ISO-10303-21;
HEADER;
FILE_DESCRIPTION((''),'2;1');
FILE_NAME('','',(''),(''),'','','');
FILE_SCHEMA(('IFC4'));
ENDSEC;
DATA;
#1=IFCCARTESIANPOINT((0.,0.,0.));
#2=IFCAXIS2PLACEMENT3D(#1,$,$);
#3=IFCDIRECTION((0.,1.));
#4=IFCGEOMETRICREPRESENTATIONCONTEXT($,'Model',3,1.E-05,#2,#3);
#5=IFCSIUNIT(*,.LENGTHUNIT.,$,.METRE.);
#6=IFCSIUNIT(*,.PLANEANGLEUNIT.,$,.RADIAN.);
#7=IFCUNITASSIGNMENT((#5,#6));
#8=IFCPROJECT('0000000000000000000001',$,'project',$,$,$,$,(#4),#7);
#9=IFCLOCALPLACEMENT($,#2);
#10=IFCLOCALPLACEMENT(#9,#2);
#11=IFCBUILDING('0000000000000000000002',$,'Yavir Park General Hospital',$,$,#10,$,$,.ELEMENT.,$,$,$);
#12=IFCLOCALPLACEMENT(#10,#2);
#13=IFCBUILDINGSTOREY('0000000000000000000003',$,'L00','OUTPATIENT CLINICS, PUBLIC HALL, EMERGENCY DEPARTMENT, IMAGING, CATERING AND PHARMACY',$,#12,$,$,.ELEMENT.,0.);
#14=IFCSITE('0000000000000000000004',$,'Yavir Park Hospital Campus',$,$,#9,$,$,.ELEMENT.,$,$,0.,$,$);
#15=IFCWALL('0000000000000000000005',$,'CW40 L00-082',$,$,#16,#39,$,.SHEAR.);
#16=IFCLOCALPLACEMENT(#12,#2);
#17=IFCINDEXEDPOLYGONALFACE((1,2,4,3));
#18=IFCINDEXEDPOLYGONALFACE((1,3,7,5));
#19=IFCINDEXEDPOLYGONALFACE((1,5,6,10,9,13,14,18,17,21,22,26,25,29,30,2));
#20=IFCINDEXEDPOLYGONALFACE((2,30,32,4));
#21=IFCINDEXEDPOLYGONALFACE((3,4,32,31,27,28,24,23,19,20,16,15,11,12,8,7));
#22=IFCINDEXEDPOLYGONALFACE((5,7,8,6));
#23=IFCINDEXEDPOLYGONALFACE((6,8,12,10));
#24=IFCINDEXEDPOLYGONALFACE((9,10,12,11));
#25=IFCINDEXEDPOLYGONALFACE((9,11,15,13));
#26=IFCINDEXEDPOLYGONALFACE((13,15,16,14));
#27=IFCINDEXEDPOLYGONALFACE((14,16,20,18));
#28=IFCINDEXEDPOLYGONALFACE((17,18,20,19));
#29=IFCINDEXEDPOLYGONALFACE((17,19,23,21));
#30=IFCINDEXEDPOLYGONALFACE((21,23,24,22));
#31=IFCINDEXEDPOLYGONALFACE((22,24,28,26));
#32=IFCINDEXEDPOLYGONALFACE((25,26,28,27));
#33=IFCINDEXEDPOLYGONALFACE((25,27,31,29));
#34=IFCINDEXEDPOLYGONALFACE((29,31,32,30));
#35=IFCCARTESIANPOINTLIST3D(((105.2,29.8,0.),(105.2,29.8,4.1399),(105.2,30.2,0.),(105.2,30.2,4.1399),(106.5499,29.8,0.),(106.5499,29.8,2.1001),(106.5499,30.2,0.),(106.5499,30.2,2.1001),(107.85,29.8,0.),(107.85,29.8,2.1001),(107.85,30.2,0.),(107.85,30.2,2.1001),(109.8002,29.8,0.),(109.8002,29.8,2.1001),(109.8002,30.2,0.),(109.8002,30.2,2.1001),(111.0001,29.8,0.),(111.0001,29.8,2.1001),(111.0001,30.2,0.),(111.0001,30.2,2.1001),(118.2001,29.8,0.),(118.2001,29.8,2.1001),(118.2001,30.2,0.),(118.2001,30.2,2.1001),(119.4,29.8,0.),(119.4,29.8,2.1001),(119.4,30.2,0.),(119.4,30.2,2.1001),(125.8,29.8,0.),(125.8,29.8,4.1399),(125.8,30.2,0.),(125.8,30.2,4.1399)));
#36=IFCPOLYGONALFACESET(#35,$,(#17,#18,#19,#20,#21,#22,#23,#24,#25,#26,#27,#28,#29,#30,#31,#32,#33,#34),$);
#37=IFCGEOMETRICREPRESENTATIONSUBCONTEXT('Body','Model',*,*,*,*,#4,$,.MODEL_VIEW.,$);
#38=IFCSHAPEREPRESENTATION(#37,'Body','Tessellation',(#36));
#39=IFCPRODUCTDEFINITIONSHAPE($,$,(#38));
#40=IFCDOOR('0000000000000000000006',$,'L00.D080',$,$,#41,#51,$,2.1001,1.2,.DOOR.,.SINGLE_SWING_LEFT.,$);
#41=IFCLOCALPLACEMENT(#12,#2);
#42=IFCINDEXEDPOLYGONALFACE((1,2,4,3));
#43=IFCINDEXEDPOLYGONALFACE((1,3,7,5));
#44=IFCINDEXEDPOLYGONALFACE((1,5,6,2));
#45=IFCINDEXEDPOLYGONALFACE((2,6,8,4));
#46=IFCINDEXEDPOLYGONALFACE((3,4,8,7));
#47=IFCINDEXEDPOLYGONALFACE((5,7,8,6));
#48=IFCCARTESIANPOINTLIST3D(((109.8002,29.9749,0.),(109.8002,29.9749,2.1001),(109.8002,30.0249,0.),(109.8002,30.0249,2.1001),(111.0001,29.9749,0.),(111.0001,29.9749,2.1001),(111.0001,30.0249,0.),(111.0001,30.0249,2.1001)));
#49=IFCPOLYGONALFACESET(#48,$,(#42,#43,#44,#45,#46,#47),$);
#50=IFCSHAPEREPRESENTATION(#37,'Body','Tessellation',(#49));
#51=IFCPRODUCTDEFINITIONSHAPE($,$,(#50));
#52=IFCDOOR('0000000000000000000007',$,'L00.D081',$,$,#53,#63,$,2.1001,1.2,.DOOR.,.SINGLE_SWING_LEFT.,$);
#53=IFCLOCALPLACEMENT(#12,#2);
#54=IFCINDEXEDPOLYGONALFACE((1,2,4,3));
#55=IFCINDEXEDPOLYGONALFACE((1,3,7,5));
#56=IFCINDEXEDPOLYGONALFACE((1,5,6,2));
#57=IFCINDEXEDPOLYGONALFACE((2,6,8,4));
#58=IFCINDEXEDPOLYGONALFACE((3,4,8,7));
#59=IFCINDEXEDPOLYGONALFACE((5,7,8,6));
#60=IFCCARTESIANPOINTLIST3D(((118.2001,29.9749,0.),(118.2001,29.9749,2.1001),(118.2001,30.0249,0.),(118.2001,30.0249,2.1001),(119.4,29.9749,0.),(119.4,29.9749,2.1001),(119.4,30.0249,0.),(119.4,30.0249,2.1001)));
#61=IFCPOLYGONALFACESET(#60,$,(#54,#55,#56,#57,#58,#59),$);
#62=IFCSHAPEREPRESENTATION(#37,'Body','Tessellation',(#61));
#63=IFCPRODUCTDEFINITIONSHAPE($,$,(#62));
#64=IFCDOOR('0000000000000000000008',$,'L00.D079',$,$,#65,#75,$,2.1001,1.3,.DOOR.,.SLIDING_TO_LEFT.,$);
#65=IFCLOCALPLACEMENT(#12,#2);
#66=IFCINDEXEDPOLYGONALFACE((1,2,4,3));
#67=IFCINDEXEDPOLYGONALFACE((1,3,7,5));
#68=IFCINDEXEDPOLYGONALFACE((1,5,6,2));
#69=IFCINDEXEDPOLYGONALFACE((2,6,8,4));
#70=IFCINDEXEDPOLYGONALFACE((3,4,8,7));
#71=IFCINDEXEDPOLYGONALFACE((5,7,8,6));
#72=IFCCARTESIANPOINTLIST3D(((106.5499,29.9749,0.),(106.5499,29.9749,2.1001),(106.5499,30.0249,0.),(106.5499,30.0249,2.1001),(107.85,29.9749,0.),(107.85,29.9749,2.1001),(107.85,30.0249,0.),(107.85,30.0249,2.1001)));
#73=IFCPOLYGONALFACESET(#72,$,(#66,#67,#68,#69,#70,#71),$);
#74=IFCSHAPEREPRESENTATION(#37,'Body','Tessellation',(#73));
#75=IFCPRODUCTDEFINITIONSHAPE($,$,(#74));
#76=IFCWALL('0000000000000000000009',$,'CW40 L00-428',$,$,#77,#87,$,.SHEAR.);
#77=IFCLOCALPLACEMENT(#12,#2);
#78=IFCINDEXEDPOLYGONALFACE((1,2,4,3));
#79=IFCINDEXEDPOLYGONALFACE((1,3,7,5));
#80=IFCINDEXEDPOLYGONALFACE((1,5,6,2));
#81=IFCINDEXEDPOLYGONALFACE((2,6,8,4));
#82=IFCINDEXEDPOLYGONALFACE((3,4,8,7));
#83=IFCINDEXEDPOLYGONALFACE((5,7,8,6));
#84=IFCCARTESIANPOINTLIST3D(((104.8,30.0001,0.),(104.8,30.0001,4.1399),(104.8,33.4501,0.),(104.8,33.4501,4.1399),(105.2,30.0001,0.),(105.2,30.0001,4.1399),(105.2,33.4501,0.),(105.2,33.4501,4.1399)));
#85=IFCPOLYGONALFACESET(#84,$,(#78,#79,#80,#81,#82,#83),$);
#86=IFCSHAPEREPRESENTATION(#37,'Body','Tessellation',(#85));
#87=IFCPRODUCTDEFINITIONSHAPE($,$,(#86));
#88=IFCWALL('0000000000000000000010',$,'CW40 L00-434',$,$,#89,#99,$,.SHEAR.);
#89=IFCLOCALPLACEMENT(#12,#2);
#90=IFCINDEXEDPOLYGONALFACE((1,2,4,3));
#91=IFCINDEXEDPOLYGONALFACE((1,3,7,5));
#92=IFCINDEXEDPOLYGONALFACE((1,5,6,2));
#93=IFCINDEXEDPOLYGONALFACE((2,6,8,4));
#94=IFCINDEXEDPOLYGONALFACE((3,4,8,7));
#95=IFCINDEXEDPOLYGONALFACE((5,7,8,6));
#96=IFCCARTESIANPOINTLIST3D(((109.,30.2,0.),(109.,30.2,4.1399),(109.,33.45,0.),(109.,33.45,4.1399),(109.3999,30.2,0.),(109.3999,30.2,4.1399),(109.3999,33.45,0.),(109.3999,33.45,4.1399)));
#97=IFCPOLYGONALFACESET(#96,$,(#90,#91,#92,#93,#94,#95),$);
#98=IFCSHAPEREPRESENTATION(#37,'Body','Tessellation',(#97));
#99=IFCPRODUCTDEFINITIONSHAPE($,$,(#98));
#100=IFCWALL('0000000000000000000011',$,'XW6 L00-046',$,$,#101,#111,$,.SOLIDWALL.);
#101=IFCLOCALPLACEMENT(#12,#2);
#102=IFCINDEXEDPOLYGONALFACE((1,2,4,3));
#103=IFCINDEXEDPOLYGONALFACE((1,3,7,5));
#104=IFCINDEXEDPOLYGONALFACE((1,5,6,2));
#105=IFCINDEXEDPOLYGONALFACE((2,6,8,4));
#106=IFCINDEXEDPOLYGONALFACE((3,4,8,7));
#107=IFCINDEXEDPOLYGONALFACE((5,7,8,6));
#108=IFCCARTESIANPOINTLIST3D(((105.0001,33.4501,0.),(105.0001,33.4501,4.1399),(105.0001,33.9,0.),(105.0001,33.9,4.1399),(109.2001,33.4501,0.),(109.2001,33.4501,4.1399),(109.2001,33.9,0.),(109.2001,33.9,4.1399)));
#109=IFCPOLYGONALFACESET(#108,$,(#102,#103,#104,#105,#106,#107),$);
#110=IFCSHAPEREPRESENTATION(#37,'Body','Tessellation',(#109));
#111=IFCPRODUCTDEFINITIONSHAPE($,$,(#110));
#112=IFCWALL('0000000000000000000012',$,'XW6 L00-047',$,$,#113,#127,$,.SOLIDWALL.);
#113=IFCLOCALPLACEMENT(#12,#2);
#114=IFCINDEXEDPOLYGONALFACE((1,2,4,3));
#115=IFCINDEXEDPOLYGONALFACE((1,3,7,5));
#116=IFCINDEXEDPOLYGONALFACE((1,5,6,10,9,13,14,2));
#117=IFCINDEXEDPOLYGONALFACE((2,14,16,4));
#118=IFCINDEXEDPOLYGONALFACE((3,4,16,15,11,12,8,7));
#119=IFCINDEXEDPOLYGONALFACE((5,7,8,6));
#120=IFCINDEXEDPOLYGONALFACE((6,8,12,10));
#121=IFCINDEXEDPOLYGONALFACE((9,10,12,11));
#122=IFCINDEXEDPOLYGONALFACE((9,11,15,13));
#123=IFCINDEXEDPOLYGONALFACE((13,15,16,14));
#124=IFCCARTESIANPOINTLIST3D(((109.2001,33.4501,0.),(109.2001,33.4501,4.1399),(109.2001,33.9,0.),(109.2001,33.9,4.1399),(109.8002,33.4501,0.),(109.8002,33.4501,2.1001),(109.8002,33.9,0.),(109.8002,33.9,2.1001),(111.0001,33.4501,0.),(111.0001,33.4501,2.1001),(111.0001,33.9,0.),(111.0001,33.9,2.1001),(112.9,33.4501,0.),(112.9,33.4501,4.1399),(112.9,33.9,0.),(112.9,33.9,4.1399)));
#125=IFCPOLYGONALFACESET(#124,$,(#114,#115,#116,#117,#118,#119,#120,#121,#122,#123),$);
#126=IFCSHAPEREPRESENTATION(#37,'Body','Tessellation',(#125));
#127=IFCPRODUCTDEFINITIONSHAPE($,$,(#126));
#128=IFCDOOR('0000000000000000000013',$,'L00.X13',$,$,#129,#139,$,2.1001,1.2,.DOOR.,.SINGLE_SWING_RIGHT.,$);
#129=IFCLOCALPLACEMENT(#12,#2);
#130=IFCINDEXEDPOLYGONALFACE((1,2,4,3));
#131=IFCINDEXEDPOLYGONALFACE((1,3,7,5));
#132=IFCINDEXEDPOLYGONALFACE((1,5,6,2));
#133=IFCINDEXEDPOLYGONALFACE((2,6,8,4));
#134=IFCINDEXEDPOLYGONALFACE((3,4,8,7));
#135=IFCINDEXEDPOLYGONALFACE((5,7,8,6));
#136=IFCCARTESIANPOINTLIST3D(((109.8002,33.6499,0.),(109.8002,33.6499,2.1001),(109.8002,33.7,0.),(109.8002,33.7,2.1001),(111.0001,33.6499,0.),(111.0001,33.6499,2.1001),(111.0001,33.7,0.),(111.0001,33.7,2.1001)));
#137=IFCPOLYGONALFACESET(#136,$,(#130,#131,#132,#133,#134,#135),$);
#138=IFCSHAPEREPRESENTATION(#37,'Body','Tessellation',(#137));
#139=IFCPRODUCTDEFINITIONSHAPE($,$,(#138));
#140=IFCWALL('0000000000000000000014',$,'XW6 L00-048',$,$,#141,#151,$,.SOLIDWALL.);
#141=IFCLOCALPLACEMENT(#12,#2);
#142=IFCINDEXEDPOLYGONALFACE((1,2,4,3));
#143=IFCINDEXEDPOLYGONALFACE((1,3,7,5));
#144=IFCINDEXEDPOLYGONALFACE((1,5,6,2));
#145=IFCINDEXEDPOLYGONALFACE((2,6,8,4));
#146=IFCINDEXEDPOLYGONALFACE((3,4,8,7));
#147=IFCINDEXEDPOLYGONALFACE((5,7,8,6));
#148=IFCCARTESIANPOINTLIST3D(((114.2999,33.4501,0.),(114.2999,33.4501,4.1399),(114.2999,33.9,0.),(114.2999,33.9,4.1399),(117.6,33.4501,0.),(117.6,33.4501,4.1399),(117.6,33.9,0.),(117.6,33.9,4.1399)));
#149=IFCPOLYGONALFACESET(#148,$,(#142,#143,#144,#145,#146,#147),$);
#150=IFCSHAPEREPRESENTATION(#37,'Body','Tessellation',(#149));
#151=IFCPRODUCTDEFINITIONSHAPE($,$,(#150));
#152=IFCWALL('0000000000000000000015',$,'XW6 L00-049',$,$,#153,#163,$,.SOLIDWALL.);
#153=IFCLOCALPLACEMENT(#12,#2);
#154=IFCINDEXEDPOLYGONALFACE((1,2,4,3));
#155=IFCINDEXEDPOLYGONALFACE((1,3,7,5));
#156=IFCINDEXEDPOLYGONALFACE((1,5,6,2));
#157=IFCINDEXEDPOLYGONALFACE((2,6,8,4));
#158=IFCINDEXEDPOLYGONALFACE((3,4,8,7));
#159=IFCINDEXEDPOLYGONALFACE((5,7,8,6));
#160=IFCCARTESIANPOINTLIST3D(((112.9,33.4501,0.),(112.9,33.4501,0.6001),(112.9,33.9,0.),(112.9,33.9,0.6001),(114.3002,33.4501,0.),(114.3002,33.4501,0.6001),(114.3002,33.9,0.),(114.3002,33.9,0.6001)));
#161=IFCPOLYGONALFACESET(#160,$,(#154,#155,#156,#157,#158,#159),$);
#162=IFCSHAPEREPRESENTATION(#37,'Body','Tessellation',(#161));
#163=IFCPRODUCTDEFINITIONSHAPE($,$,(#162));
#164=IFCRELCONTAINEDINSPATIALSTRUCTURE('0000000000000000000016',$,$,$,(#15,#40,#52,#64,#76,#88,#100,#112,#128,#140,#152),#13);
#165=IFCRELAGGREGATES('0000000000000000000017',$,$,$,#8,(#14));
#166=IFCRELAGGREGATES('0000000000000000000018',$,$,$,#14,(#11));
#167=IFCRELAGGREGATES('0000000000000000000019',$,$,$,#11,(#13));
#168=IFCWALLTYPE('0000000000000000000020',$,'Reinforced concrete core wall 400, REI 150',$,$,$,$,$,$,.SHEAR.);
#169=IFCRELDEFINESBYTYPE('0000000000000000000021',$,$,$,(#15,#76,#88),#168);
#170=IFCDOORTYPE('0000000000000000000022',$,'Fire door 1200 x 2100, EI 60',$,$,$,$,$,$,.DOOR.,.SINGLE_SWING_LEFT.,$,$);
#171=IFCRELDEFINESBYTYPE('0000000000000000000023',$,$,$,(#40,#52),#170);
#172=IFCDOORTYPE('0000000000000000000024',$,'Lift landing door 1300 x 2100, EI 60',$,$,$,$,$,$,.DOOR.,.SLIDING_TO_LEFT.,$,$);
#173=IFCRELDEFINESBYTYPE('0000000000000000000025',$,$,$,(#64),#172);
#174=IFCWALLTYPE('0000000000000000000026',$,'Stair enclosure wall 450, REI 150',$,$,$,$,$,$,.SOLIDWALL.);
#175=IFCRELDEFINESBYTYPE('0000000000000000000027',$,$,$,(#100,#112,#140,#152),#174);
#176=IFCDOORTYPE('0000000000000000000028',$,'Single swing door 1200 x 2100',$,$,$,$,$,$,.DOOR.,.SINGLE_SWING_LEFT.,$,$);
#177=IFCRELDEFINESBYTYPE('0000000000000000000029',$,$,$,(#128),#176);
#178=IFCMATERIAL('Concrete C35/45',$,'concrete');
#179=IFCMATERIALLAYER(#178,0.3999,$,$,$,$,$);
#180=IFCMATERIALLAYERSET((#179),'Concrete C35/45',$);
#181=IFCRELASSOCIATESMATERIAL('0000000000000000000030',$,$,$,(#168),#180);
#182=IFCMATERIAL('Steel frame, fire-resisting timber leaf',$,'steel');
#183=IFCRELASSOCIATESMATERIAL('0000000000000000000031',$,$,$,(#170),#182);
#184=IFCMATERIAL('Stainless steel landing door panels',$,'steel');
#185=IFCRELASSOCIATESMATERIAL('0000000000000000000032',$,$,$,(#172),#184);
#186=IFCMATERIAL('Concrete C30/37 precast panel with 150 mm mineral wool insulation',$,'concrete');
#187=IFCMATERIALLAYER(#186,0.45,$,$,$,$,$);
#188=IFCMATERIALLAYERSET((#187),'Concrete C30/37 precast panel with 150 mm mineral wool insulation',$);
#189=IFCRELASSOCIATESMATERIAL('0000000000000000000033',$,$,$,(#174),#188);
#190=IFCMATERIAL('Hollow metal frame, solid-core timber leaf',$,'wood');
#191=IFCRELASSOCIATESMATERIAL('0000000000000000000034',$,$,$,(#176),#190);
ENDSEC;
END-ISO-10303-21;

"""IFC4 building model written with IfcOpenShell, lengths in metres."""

from ifc_helpers import new_model, si_unit, direction, frame, frame_2d, origin, place, context, subcontext, project, spatial, rectangle, extrude, material, layer, layer_set, type_object, element, fill, save


model = new_model("IFC4")

# Units and contexts
model_context = context("Model", 3, precision=1e-05, world=origin(), true_north=direction((0.0, 1.0)))
body_context = subcontext(model_context, "Body", "Model", "MODEL_VIEW")
ifc_project = project(units=[si_unit("LENGTHUNIT", "METRE"), si_unit("PLANEANGLEUNIT", "RADIAN")], contexts=[model_context])

# Site, building, storey
site_placement = place(None, origin())
site = spatial("IfcSite", under=ifc_project, at=site_placement, Name="Yavir Park Hospital Campus", CompositionType="ELEMENT", RefElevation=0.0)
building_placement = place(site_placement, origin())
building = spatial("IfcBuilding", under=site, at=building_placement, Name="Yavir Park General Hospital", CompositionType="ELEMENT")
storey_placement = place(building_placement, origin())
storey = spatial("IfcBuildingStorey", under=building, at=storey_placement, Name="L00", Description="OUTPATIENT CLINICS, PUBLIC HALL, EMERGENCY DEPARTMENT, IMAGING, CATERING AND PHARMACY", CompositionType="ELEMENT", Elevation=0.0)

# Wall, openings, doors
ifc_material_1 = material(Name="Concrete C35/45", Category="concrete")
ifc_layer_1 = layer(ifc_material_1, 0.3999)
ifc_layer_set_1 = layer_set([ifc_layer_1], Name="Concrete C35/45")
wall_type_1 = type_object("IfcWallType", Name="Reinforced concrete core wall 400, REI 150", PredefinedType="SHEAR", material=ifc_layer_set_1)
wall_1_placement = place(storey_placement, frame((105.2, 30.0, 0.0), z_axis=(0.0, 0.0, 1.0), x_axis=(1.0, 0.0, 0.0)))
wall_1 = element("IfcWall", 1, at=wall_1_placement, inside=storey, type_object=wall_type_1, Name="CW40 L00-082", PredefinedType="SHEAR", context=body_context, shape_type="SweptSolid", body=[
    extrude(rectangle(XDim=20.6001, YDim=0.3999, at=frame_2d((10.3, 0.0))), origin(), (0.0, 0.0, 1.0), 4.1399),
])
opening_1_placement = place(wall_1_placement, frame((1.3501, 0.0, 0.0)))
opening_1 = element("IfcOpeningElement", 2, at=opening_1_placement, cuts=wall_1, PredefinedType="OPENING", context=body_context, shape_type="SweptSolid", body=[
    extrude(rectangle(XDim=1.3, YDim=2.1001, at=frame_2d((0.6499, 1.05))), frame((0.0, 0.21, 0.0), z_axis=(0.0, -1.0, 0.0), x_axis=(1.0, 0.0, 0.0)), (0.0, 0.0, 1.0), 0.4199),
])
opening_2_placement = place(wall_1_placement, frame((4.6001, 0.0, 0.0)))
opening_2 = element("IfcOpeningElement", 3, at=opening_2_placement, cuts=wall_1, PredefinedType="OPENING", context=body_context, shape_type="SweptSolid", body=[
    extrude(rectangle(XDim=1.2, YDim=2.1001, at=frame_2d((0.6001, 1.05))), frame((0.0, 0.21, 0.0), z_axis=(0.0, -1.0, 0.0), x_axis=(1.0, 0.0, 0.0)), (0.0, 0.0, 1.0), 0.4199),
])
opening_3_placement = place(wall_1_placement, frame((13.0, 0.0, 0.0)))
opening_3 = element("IfcOpeningElement", 4, at=opening_3_placement, cuts=wall_1, PredefinedType="OPENING", context=body_context, shape_type="SweptSolid", body=[
    extrude(rectangle(XDim=1.2, YDim=2.1001, at=frame_2d((0.6001, 1.05))), frame((0.0, 0.21, 0.0), z_axis=(0.0, -1.0, 0.0), x_axis=(1.0, 0.0, 0.0)), (0.0, 0.0, 1.0), 0.4199),
])
ifc_material_2 = material(Name="Steel frame, fire-resisting timber leaf", Category="steel")
door_type_1 = type_object("IfcDoorType", Name="Fire door 1200 x 2100, EI 60", OperationType="SINGLE_SWING_LEFT", PredefinedType="DOOR", material=ifc_material_2)
door_1_placement = place(opening_2_placement, origin())
door_1 = element("IfcDoor", 5, at=door_1_placement, inside=storey, type_object=door_type_1, Name="L00.D080", OperationType="SINGLE_SWING_LEFT", OverallHeight=2.1001, OverallWidth=1.2, PredefinedType="DOOR", context=body_context, shape_type="SweptSolid", body=[
    extrude(rectangle(XDim=1.2, YDim=2.1001, at=frame_2d((0.6001, 1.05))), frame((0.0, 0.0249, 0.0), z_axis=(0.0, -1.0, 0.0), x_axis=(1.0, 0.0, 0.0)), (0.0, 0.0, 1.0), 0.05),
])
fill(opening_2, door_1)
door_2_placement = place(opening_3_placement, origin())
door_2 = element("IfcDoor", 6, at=door_2_placement, inside=storey, type_object=door_type_1, Name="L00.D081", OperationType="SINGLE_SWING_LEFT", OverallHeight=2.1001, OverallWidth=1.2, PredefinedType="DOOR", context=body_context, shape_type="SweptSolid", body=[
    extrude(rectangle(XDim=1.2, YDim=2.1001, at=frame_2d((0.6001, 1.05))), frame((0.0, 0.0249, 0.0), z_axis=(0.0, -1.0, 0.0), x_axis=(1.0, 0.0, 0.0)), (0.0, 0.0, 1.0), 0.05),
])
fill(opening_3, door_2)
ifc_material_3 = material(Name="Stainless steel landing door panels", Category="steel")
door_type_2 = type_object("IfcDoorType", Name="Lift landing door 1300 x 2100, EI 60", OperationType="SLIDING_TO_LEFT", PredefinedType="DOOR", material=ifc_material_3)
door_3_placement = place(opening_1_placement, origin())
door_3 = element("IfcDoor", 7, at=door_3_placement, inside=storey, type_object=door_type_2, Name="L00.D079", OperationType="SLIDING_TO_LEFT", OverallHeight=2.1001, OverallWidth=1.3, PredefinedType="DOOR", context=body_context, shape_type="SweptSolid", body=[
    extrude(rectangle(XDim=1.3, YDim=2.1001, at=frame_2d((0.6499, 1.05))), frame((0.0, 0.0249, 0.0), z_axis=(0.0, -1.0, 0.0), x_axis=(1.0, 0.0, 0.0)), (0.0, 0.0, 1.0), 0.05),
])
fill(opening_1, door_3)

# Walls
wall_2_placement = place(storey_placement, frame((105.0, 30.0, 0.0), z_axis=(0.0, 0.0, 1.0), x_axis=(0.0, 1.0, 0.0)))
element("IfcWall", 8, at=wall_2_placement, inside=storey, type_object=wall_type_1, Name="CW40 L00-428", PredefinedType="SHEAR", context=body_context, shape_type="SweptSolid", body=[
    extrude(rectangle(XDim=3.45, YDim=0.3999, at=frame_2d((1.7251, 0.0))), origin(), (0.0, 0.0, 1.0), 4.1399),
])
wall_3_placement = place(storey_placement, frame((109.2, 30.2, 0.0), z_axis=(0.0, 0.0, 1.0), x_axis=(0.0, 1.0, 0.0)))
element("IfcWall", 9, at=wall_3_placement, inside=storey, type_object=wall_type_1, Name="CW40 L00-434", PredefinedType="SHEAR", context=body_context, shape_type="SweptSolid", body=[
    extrude(rectangle(XDim=3.25, YDim=0.3999, at=frame_2d((1.625, 0.0))), origin(), (0.0, 0.0, 1.0), 4.1399),
])
ifc_material_4 = material(Name="Concrete C30/37 precast panel with 150 mm mineral wool insulation", Category="concrete")
ifc_layer_2 = layer(ifc_material_4, 0.45)
ifc_layer_set_2 = layer_set([ifc_layer_2], Name="Concrete C30/37 precast panel with 150 mm mineral wool insulation")
wall_type_2 = type_object("IfcWallType", Name="Stair enclosure wall 450, REI 150", PredefinedType="SOLIDWALL", material=ifc_layer_set_2)
wall_4_placement = place(storey_placement, frame((105.0, 33.675, 0.0), z_axis=(0.0, 0.0, 1.0), x_axis=(1.0, 0.0, 0.0)))
element("IfcWall", 10, at=wall_4_placement, inside=storey, type_object=wall_type_2, Name="XW6 L00-046", PredefinedType="SOLIDWALL", context=body_context, shape_type="SweptSolid", body=[
    extrude(rectangle(XDim=4.2, YDim=0.45, at=frame_2d((2.1001, 0.0))), origin(), (0.0, 0.0, 1.0), 4.1399),
])

# Wall, opening, door
wall_5_placement = place(storey_placement, frame((109.2, 33.675, 0.0), z_axis=(0.0, 0.0, 1.0), x_axis=(1.0, 0.0, 0.0)))
wall_5 = element("IfcWall", 11, at=wall_5_placement, inside=storey, type_object=wall_type_2, Name="XW6 L00-047", PredefinedType="SOLIDWALL", context=body_context, shape_type="SweptSolid", body=[
    extrude(rectangle(XDim=3.7, YDim=0.45, at=frame_2d((1.8501, 0.0))), origin(), (0.0, 0.0, 1.0), 4.1399),
])
opening_4_placement = place(wall_5_placement, frame((0.6001, 0.0, 0.0)))
opening_4 = element("IfcOpeningElement", 12, at=opening_4_placement, cuts=wall_5, PredefinedType="OPENING", context=body_context, shape_type="SweptSolid", body=[
    extrude(rectangle(XDim=1.2, YDim=2.1001, at=frame_2d((0.6001, 1.05))), frame((0.0, 0.2349, 0.0), z_axis=(0.0, -1.0, 0.0), x_axis=(1.0, 0.0, 0.0)), (0.0, 0.0, 1.0), 0.47),
])
ifc_material_5 = material(Name="Hollow metal frame, solid-core timber leaf", Category="wood")
door_type_3 = type_object("IfcDoorType", Name="Single swing door 1200 x 2100", OperationType="SINGLE_SWING_LEFT", PredefinedType="DOOR", material=ifc_material_5)
door_4_placement = place(opening_4_placement, origin())
door_4 = element("IfcDoor", 13, at=door_4_placement, inside=storey, type_object=door_type_3, Name="L00.X13", OperationType="SINGLE_SWING_RIGHT", OverallHeight=2.1001, OverallWidth=1.2, PredefinedType="DOOR", context=body_context, shape_type="SweptSolid", body=[
    extrude(rectangle(XDim=1.2, YDim=2.1001, at=frame_2d((0.6001, 1.05))), frame((0.0, 0.0249, 0.0), z_axis=(0.0, -1.0, 0.0), x_axis=(1.0, 0.0, 0.0)), (0.0, 0.0, 1.0), 0.05),
])
fill(opening_4, door_4)

# Walls
wall_6_placement = place(storey_placement, frame((114.3, 33.675, 0.0), z_axis=(0.0, 0.0, 1.0), x_axis=(1.0, 0.0, 0.0)))
element("IfcWall", 14, at=wall_6_placement, inside=storey, type_object=wall_type_2, Name="XW6 L00-048", PredefinedType="SOLIDWALL", context=body_context, shape_type="SweptSolid", body=[
    extrude(rectangle(XDim=3.3, YDim=0.45, at=frame_2d((1.6499, 0.0))), origin(), (0.0, 0.0, 1.0), 4.1399),
])
wall_7_placement = place(storey_placement, frame((112.8999, 33.675, 0.0), z_axis=(0.0, 0.0, 1.0), x_axis=(1.0, 0.0, 0.0)))
element("IfcWall", 15, at=wall_7_placement, inside=storey, type_object=wall_type_2, Name="XW6 L00-049", PredefinedType="SOLIDWALL", context=body_context, shape_type="SweptSolid", body=[
    extrude(rectangle(XDim=1.4001, YDim=0.45, at=frame_2d((0.7002, 0.0))), origin(), (0.0, 0.0, 1.0), 0.6001),
])

save(model, "model.ifc")
